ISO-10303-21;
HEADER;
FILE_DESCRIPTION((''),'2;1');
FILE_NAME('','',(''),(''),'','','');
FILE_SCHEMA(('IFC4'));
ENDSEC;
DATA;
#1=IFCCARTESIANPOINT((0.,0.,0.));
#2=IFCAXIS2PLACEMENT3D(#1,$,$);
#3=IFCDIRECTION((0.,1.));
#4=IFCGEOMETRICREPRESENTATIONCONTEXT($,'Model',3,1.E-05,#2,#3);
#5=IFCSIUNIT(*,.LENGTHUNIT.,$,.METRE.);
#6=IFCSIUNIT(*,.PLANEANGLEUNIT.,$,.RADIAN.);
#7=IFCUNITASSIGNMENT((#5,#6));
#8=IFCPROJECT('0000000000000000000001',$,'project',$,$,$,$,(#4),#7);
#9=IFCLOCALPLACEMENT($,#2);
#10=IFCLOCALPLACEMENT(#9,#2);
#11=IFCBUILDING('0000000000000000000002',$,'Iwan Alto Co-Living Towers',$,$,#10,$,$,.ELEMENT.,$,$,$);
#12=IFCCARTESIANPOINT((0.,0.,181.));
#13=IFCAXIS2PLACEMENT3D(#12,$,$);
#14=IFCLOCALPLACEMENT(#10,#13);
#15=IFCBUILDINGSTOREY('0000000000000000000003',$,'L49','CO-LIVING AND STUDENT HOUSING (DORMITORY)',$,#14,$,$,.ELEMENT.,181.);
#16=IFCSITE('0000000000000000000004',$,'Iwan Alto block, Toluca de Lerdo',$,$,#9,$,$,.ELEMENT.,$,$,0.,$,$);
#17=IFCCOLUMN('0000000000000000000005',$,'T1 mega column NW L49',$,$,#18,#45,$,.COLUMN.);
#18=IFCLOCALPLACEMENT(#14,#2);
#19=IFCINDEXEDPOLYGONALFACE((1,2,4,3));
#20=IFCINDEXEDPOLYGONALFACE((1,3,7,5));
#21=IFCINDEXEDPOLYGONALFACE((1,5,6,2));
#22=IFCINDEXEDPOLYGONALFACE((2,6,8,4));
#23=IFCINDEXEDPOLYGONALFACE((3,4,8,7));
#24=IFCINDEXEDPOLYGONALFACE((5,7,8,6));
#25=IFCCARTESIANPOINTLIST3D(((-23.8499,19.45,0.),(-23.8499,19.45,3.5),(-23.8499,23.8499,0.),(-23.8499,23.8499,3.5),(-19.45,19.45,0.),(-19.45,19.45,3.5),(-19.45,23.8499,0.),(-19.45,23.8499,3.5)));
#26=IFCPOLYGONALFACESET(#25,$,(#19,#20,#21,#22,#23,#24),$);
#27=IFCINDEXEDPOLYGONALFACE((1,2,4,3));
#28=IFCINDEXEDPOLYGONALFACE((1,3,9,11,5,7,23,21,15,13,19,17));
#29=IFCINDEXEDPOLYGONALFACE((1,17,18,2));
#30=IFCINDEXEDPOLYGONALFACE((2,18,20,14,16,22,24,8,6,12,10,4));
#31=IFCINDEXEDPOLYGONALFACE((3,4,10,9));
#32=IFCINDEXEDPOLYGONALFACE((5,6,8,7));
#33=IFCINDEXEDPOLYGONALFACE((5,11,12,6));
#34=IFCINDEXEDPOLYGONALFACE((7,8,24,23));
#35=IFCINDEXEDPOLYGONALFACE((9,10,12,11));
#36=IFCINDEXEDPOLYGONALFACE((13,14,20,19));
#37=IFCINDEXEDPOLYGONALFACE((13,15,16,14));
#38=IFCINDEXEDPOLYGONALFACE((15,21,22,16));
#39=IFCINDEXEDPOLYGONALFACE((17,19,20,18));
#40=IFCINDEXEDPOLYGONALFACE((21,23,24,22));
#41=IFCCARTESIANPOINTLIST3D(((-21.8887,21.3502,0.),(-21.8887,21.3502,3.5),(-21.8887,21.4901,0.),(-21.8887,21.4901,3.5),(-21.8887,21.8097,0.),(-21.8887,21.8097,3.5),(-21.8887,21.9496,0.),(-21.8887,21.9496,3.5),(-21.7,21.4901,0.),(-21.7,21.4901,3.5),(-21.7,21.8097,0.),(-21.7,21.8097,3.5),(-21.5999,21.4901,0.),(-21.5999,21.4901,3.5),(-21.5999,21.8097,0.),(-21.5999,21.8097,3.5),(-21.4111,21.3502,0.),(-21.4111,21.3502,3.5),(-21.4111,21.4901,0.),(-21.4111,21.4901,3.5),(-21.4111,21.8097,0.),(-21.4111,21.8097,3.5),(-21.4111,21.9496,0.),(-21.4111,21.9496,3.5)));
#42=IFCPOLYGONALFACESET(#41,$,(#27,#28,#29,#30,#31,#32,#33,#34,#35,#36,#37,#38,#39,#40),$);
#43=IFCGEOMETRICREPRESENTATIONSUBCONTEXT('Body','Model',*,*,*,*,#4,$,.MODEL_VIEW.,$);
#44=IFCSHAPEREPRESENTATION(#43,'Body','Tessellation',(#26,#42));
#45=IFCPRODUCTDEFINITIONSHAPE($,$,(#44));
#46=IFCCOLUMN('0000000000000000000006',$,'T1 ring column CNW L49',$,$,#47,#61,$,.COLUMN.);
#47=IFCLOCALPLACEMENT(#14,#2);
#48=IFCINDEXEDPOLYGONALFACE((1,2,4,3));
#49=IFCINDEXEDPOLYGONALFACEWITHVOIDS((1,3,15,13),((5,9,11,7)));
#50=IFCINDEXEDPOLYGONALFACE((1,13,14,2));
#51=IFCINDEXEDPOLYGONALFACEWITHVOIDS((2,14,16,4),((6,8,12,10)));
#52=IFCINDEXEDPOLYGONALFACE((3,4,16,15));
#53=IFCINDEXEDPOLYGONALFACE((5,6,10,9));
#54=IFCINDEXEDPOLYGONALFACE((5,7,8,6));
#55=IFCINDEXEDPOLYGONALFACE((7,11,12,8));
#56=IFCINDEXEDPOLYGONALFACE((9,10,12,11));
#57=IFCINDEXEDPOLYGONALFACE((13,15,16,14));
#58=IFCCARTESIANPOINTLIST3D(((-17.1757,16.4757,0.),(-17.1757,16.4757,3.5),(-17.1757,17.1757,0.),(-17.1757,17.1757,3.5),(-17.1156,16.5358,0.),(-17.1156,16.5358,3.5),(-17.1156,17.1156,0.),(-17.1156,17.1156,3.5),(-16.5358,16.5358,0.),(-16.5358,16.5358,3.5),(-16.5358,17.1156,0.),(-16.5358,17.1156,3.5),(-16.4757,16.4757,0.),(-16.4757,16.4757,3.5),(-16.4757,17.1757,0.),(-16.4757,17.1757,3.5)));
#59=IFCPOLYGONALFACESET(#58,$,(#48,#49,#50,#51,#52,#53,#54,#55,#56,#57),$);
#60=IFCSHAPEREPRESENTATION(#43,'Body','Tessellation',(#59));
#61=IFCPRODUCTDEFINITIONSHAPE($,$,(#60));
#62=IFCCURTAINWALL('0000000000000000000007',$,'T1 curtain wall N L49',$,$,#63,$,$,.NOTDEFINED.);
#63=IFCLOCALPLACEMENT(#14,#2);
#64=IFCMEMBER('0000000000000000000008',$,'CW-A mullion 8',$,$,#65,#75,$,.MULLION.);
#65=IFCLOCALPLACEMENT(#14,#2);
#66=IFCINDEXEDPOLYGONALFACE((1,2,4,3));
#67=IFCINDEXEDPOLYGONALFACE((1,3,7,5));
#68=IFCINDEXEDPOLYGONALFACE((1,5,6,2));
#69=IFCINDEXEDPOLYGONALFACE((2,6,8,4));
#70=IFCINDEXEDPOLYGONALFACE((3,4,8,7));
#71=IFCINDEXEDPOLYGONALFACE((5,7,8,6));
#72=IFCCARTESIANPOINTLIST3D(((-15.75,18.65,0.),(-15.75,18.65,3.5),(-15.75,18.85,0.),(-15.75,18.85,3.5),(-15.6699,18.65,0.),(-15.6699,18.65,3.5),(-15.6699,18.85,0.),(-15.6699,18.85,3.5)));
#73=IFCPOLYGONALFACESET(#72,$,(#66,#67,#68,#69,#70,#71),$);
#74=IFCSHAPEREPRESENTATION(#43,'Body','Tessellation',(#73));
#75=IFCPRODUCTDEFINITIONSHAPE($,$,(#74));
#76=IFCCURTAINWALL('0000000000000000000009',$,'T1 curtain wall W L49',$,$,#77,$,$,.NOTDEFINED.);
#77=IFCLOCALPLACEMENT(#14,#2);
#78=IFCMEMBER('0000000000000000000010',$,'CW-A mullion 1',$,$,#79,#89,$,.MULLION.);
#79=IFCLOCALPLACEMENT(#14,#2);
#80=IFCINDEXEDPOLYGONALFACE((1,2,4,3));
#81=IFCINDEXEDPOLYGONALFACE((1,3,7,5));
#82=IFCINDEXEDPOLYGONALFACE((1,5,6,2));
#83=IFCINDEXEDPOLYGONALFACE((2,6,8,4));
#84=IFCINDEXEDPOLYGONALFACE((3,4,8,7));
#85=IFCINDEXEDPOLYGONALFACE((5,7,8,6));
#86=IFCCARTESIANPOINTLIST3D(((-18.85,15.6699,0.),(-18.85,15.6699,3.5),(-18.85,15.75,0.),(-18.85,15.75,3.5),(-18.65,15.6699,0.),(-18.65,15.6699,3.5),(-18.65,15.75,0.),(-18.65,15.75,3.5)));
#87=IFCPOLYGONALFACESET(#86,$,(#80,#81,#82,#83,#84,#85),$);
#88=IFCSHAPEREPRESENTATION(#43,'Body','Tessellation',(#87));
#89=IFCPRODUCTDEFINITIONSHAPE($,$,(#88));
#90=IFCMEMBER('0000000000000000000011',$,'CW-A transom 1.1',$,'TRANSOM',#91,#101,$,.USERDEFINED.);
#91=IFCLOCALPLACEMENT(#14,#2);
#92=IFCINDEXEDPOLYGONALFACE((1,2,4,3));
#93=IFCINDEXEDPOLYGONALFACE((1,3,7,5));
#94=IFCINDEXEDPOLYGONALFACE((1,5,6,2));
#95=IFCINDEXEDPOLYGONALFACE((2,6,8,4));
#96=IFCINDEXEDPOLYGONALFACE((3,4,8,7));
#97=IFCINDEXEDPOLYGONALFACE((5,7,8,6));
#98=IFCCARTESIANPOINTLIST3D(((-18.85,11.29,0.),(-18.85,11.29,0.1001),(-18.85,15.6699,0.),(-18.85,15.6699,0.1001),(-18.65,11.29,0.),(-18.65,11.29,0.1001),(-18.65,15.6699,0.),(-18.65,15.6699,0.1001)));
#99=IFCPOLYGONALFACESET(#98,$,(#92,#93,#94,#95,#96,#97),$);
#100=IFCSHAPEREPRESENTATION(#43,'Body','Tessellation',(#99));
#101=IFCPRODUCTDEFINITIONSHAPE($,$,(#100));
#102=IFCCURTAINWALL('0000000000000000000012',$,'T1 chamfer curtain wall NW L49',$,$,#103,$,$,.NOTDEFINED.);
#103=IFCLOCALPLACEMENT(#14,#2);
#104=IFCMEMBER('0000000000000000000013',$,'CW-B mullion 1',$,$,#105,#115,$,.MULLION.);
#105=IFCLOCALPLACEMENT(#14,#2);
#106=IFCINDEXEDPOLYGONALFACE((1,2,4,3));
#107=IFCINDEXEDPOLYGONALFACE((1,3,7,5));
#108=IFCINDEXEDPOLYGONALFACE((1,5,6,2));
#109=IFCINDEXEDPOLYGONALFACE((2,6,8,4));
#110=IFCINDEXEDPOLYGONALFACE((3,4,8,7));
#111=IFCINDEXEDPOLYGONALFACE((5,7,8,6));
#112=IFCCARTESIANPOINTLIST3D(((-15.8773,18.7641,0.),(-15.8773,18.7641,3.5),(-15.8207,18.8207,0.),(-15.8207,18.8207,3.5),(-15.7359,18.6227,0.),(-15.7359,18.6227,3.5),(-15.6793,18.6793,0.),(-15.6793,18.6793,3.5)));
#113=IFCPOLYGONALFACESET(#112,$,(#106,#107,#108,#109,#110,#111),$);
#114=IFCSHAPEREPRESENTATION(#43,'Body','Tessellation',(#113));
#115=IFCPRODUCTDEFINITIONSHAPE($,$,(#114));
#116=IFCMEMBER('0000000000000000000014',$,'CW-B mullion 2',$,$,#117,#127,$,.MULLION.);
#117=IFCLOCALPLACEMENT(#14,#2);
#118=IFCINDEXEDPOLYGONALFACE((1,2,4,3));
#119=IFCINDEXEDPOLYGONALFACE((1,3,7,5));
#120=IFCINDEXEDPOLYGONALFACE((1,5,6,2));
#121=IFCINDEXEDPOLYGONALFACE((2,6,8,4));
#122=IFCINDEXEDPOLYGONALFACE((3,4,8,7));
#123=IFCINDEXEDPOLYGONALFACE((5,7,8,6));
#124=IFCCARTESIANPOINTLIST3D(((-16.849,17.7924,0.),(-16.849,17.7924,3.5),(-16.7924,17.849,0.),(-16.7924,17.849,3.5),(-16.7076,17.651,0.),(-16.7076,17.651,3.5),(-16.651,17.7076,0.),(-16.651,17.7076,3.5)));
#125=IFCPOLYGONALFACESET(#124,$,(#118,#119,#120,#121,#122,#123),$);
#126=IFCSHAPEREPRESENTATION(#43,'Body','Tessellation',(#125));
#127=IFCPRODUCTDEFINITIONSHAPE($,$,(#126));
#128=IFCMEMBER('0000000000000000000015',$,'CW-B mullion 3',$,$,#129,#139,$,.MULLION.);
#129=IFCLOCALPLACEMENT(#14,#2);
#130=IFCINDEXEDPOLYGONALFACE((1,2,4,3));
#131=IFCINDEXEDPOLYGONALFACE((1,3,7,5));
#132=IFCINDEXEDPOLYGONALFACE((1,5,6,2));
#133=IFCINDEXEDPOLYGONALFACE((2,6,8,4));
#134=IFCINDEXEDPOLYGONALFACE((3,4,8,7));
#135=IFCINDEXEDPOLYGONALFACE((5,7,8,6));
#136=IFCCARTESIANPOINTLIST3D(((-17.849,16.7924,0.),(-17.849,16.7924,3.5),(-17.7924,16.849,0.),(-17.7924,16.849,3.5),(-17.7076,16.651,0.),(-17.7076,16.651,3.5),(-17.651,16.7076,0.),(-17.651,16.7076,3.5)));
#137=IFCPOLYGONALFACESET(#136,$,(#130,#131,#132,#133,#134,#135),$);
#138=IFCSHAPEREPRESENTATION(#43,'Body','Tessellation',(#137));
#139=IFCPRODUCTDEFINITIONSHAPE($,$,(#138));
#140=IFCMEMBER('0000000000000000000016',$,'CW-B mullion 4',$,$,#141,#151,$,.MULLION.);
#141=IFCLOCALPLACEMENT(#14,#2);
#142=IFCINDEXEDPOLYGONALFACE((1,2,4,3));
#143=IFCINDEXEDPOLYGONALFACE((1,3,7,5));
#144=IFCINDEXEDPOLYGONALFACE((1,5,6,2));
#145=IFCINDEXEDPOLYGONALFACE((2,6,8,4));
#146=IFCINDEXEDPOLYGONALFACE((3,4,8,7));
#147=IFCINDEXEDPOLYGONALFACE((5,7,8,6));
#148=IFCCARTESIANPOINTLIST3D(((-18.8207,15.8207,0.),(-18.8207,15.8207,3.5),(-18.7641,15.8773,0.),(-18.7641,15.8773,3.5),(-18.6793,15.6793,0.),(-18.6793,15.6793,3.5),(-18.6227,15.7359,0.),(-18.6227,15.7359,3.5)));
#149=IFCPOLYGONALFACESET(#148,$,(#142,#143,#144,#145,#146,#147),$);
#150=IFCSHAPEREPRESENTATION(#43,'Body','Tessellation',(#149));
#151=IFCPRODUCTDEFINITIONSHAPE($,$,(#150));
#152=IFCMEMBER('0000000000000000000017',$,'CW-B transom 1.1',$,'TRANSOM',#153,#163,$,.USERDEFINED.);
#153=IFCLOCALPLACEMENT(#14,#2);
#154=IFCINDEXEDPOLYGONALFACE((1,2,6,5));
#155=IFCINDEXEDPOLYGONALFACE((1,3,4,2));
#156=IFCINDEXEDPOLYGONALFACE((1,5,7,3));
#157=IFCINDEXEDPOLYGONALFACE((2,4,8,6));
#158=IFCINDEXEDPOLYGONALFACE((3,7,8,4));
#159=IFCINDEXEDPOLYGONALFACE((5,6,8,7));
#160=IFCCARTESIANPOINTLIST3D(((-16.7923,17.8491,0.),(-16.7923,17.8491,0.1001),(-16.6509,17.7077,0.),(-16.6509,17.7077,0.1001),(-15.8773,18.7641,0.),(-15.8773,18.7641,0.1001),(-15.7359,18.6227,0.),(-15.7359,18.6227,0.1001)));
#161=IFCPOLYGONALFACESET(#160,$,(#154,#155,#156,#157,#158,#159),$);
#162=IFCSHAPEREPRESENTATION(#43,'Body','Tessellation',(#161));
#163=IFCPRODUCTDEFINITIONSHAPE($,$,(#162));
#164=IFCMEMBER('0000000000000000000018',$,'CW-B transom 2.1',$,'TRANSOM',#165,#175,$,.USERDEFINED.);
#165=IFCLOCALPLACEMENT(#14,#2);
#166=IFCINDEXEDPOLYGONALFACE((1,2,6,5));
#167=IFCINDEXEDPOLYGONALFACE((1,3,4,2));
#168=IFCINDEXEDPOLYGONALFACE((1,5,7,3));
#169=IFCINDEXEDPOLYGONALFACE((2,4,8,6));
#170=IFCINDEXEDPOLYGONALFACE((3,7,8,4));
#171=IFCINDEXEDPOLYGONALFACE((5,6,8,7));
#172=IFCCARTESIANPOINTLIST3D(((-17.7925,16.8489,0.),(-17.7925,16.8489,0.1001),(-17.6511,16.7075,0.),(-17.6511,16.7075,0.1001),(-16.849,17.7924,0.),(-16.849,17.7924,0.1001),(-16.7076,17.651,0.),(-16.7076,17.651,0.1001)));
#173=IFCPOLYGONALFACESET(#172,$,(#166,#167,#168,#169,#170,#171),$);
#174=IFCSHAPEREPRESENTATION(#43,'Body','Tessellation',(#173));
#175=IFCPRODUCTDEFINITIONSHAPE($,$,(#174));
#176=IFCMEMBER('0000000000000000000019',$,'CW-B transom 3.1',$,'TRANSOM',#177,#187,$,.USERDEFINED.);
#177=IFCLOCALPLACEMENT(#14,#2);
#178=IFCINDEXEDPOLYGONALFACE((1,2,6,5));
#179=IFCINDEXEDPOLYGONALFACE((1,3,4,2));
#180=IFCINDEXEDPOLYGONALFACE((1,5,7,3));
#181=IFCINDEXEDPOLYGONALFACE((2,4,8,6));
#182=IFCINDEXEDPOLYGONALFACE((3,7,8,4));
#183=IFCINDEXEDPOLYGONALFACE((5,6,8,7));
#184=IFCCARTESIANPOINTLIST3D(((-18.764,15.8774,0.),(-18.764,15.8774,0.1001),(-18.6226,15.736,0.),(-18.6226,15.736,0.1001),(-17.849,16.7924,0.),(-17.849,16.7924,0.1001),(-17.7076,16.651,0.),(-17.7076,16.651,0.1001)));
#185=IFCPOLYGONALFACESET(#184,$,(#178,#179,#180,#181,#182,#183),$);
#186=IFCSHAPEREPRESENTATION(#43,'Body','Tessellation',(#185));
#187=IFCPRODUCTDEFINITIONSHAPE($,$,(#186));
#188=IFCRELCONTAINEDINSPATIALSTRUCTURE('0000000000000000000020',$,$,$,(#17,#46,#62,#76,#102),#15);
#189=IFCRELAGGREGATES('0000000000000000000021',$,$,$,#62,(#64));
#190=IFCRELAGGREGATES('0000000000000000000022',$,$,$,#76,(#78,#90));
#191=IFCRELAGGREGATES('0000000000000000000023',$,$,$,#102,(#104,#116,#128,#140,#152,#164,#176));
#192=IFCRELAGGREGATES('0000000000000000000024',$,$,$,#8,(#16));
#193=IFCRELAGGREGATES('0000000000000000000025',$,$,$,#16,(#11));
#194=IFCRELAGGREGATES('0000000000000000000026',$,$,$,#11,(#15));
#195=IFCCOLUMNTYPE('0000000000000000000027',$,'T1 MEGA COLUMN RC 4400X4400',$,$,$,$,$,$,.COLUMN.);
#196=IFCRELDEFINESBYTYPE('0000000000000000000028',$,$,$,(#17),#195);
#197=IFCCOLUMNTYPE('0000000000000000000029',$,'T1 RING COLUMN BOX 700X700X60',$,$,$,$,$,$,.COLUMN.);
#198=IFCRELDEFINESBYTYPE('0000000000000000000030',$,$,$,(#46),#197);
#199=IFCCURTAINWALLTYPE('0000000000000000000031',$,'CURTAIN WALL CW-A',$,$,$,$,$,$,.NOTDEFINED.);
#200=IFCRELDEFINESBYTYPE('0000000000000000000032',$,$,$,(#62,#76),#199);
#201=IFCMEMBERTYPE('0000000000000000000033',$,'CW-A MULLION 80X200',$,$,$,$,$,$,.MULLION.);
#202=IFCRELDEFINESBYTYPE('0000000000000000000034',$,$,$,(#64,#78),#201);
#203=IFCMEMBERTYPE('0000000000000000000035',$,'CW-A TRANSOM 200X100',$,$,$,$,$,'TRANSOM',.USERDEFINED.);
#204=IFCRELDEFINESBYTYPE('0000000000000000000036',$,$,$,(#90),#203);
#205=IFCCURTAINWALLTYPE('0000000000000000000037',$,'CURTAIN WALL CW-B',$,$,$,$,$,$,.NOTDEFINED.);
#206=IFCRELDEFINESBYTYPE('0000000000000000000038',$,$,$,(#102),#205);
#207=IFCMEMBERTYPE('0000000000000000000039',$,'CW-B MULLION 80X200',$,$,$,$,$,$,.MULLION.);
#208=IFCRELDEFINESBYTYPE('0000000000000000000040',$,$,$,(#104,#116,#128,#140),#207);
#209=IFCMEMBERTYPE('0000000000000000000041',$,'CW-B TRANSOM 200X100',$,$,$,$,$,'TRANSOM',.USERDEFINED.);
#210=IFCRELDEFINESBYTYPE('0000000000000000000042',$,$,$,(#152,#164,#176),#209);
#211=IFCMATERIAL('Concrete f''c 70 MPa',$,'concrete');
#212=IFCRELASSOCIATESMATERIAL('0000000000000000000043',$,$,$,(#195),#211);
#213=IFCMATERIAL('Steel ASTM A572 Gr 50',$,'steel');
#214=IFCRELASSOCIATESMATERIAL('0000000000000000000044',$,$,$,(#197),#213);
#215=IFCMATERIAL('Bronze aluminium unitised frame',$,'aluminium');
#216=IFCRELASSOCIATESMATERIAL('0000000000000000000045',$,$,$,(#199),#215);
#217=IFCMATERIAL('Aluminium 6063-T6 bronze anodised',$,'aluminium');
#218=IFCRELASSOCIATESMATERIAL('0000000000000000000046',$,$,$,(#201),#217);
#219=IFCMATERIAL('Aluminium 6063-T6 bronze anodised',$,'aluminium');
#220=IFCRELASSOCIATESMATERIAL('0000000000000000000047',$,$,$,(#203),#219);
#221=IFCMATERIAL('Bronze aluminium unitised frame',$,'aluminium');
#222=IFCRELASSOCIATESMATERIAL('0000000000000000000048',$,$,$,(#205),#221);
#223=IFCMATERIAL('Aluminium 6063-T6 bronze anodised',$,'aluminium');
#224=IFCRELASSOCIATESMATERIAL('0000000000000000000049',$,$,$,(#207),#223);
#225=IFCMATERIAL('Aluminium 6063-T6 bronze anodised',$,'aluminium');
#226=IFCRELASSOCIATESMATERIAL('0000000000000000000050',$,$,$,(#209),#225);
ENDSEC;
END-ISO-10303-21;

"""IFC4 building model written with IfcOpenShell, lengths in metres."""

from ifc_helpers import new_model, si_unit, direction, frame, origin, origin_2d, place, context, subcontext, project, spatial, rectangle, hollow_rectangle, i_section, extrude, material, material_profile, profile_set, type_object, element, aggregate, save


model = new_model("IFC4")

# Units and contexts
model_context = context("Model", 3, precision=1e-05, world=origin(), true_north=direction((0.0, 1.0)))
body_context = subcontext(model_context, "Body", "Model", "MODEL_VIEW")
ifc_project = project(units=[si_unit("LENGTHUNIT", "METRE"), si_unit("PLANEANGLEUNIT", "RADIAN")], contexts=[model_context])

# Site, building, storey
site_placement = place(None, origin())
site = spatial("IfcSite", under=ifc_project, at=site_placement, Name="Iwan Alto block, Toluca de Lerdo", CompositionType="ELEMENT", RefElevation=0.0)
building_placement = place(site_placement, origin())
building = spatial("IfcBuilding", under=site, at=building_placement, Name="Iwan Alto Co-Living Towers", CompositionType="ELEMENT")
storey_placement = place(building_placement, frame((0.0, 0.0, 181.0)))
storey = spatial("IfcBuildingStorey", under=building, at=storey_placement, Name="L49", Description="CO-LIVING AND STUDENT HOUSING (DORMITORY)", CompositionType="ELEMENT", Elevation=181.0)

# Columns
ifc_material_1 = material(Name="Concrete f'c 70 MPa", Category="concrete")
ifc_material_profile_1 = material_profile(ifc_material_1, rectangle(XDim=4.3999, YDim=4.3999, at=origin_2d()), Name="RC 4400X4400")
ifc_profile_set_1 = profile_set([ifc_material_profile_1], Name="Concrete f'c 70 MPa")
column_type_1 = type_object("IfcColumnType", Name="T1 MEGA COLUMN RC 4400X4400", PredefinedType="COLUMN", material=ifc_profile_set_1)
column_1_placement = place(storey_placement, frame((-21.6499, 21.6499, 0.0), z_axis=(0.0, 0.0, 1.0), x_axis=(1.0, 0.0, 0.0)))
element("IfcColumn", 1, at=column_1_placement, inside=storey, type_object=column_type_1, Name="T1 mega column NW L49", PredefinedType="COLUMN", context=body_context, shape_type="SweptSolid", body=[
    extrude(rectangle(XDim=4.3999, YDim=4.3999, at=origin_2d()), origin(), (0.0, 0.0, 1.0), 3.5),
    extrude(i_section(OverallWidth=0.4775, OverallDepth=0.5994, WebThickness=0.1001, FlangeThickness=0.1399, at=origin_2d()), origin(), (0.0, 0.0, 1.0), 3.5),
])
ifc_material_2 = material(Name="Steel ASTM A572 Gr 50", Category="steel")
ifc_material_profile_2 = material_profile(ifc_material_2, hollow_rectangle(XDim=0.7, YDim=0.7, WallThickness=0.0601, at=origin_2d()), Name="BOX 700X700X60")
ifc_profile_set_2 = profile_set([ifc_material_profile_2], Name="Steel ASTM A572 Gr 50")
column_type_2 = type_object("IfcColumnType", Name="T1 RING COLUMN BOX 700X700X60", PredefinedType="COLUMN", material=ifc_profile_set_2)
column_2_placement = place(storey_placement, frame((-16.8257, 16.8257, 0.0), z_axis=(0.0, 0.0, 1.0), x_axis=(1.0, 0.0, 0.0)))
element("IfcColumn", 2, at=column_2_placement, inside=storey, type_object=column_type_2, Name="T1 ring column CNW L49", PredefinedType="COLUMN", context=body_context, shape_type="SweptSolid", body=[
    extrude(hollow_rectangle(XDim=0.7, YDim=0.7, WallThickness=0.0601, at=origin_2d()), origin(), (0.0, 0.0, 1.0), 3.5),
])

# Curtain wall, member
ifc_material_3 = material(Name="Bronze aluminium unitised frame", Category="aluminium")
curtain_wall_type_1 = type_object("IfcCurtainWallType", Name="CURTAIN WALL CW-A", PredefinedType="NOTDEFINED", material=ifc_material_3)
curtain_wall_1_placement = place(storey_placement, origin())
curtain_wall_1 = element("IfcCurtainWall", 3, at=curtain_wall_1_placement, inside=storey, type_object=curtain_wall_type_1, Name="T1 curtain wall N L49", PredefinedType="NOTDEFINED")
ifc_material_4 = material(Name="Aluminium 6063-T6 bronze anodised", Category="aluminium")
ifc_material_profile_3 = material_profile(ifc_material_4, rectangle(XDim=0.2, YDim=0.0801, at=origin_2d()), Name="AL 80X200")
ifc_profile_set_3 = profile_set([ifc_material_profile_3], Name="Aluminium 6063-T6 bronze anodised")
member_type_1 = type_object("IfcMemberType", Name="CW-A MULLION 80X200", PredefinedType="MULLION", material=ifc_profile_set_3)
member_1_placement = place(storey_placement, frame((-15.71, 18.75, 0.0), z_axis=(0.0, 0.0, 1.0), x_axis=(0.0, -1.0, 0.0)))
member_1 = element("IfcMember", 4, at=member_1_placement, type_object=member_type_1, Name="CW-A mullion 8", PredefinedType="MULLION", context=body_context, shape_type="SweptSolid", body=[
    extrude(rectangle(XDim=0.2, YDim=0.0801, at=origin_2d()), origin(), (0.0, 0.0, 1.0), 3.5),
])
aggregate(curtain_wall_1, [member_1])

# Curtain walls, members
curtain_wall_2_placement = place(storey_placement, origin())
curtain_wall_2 = element("IfcCurtainWall", 5, at=curtain_wall_2_placement, inside=storey, type_object=curtain_wall_type_1, Name="T1 curtain wall W L49", PredefinedType="NOTDEFINED")
member_2_placement = place(storey_placement, frame((-18.75, 15.71, 0.0), z_axis=(0.0, 0.0, 1.0), x_axis=(1.0, 0.0, 0.0)))
member_2 = element("IfcMember", 6, at=member_2_placement, type_object=member_type_1, Name="CW-A mullion 1", PredefinedType="MULLION", context=body_context, shape_type="SweptSolid", body=[
    extrude(rectangle(XDim=0.2, YDim=0.0801, at=origin_2d()), origin(), (0.0, 0.0, 1.0), 3.5),
])
ifc_material_5 = material(Name="Aluminium 6063-T6 bronze anodised", Category="aluminium")
ifc_material_profile_4 = material_profile(ifc_material_5, rectangle(XDim=0.2, YDim=0.1001, at=origin_2d()), Name="AL 200X100")
ifc_profile_set_4 = profile_set([ifc_material_profile_4], Name="Aluminium 6063-T6 bronze anodised")
member_type_2 = type_object("IfcMemberType", Name="CW-A TRANSOM 200X100", ElementType="TRANSOM", PredefinedType="USERDEFINED", material=ifc_profile_set_4)
member_3_placement = place(storey_placement, frame((-18.75, 15.6699, 0.05), z_axis=(0.0, -1.0, 0.0), x_axis=(1.0, 0.0, 0.0)))
member_3 = element("IfcMember", 7, at=member_3_placement, type_object=member_type_2, Name="CW-A transom 1.1", ObjectType="TRANSOM", PredefinedType="USERDEFINED", context=body_context, shape_type="SweptSolid", body=[
    extrude(rectangle(XDim=0.2, YDim=0.1001, at=origin_2d()), origin(), (0.0, 0.0, 1.0), 4.3799),
])
ifc_material_6 = material(Name="Bronze aluminium unitised frame", Category="aluminium")
curtain_wall_type_2 = type_object("IfcCurtainWallType", Name="CURTAIN WALL CW-B", PredefinedType="NOTDEFINED", material=ifc_material_6)
curtain_wall_3_placement = place(storey_placement, origin())
curtain_wall_3 = element("IfcCurtainWall", 8, at=curtain_wall_3_placement, inside=storey, type_object=curtain_wall_type_2, Name="T1 chamfer curtain wall NW L49", PredefinedType="NOTDEFINED")
ifc_material_7 = material(Name="Aluminium 6063-T6 bronze anodised", Category="aluminium")
ifc_material_profile_5 = material_profile(ifc_material_7, rectangle(XDim=0.2, YDim=0.0801, at=origin_2d()), Name="AL 80X200")
ifc_profile_set_5 = profile_set([ifc_material_profile_5], Name="Aluminium 6063-T6 bronze anodised")
member_type_3 = type_object("IfcMemberType", Name="CW-B MULLION 80X200", PredefinedType="MULLION", material=ifc_profile_set_5)
member_4_placement = place(storey_placement, frame((-15.7783, 18.7217, 0.0), z_axis=(0.0, 0.0, 1.0), x_axis=(0.707107, -0.707107, 0.0)))
member_4 = element("IfcMember", 9, at=member_4_placement, type_object=member_type_3, Name="CW-B mullion 1", PredefinedType="MULLION", context=body_context, shape_type="SweptSolid", body=[
    extrude(rectangle(XDim=0.2, YDim=0.0801, at=origin_2d()), origin(), (0.0, 0.0, 1.0), 3.5),
])
member_5_placement = place(storey_placement, frame((-16.75, 17.75, 0.0), z_axis=(0.0, 0.0, 1.0), x_axis=(0.707107, -0.707107, 0.0)))
member_5 = element("IfcMember", 10, at=member_5_placement, type_object=member_type_3, Name="CW-B mullion 2", PredefinedType="MULLION", context=body_context, shape_type="SweptSolid", body=[
    extrude(rectangle(XDim=0.2, YDim=0.0801, at=origin_2d()), origin(), (0.0, 0.0, 1.0), 3.5),
])
member_6_placement = place(storey_placement, frame((-17.75, 16.75, 0.0), z_axis=(0.0, 0.0, 1.0), x_axis=(0.707107, -0.707107, 0.0)))
member_6 = element("IfcMember", 11, at=member_6_placement, type_object=member_type_3, Name="CW-B mullion 3", PredefinedType="MULLION", context=body_context, shape_type="SweptSolid", body=[
    extrude(rectangle(XDim=0.2, YDim=0.0801, at=origin_2d()), origin(), (0.0, 0.0, 1.0), 3.5),
])
member_7_placement = place(storey_placement, frame((-18.7217, 15.7783, 0.0), z_axis=(0.0, 0.0, 1.0), x_axis=(0.707107, -0.707107, 0.0)))
member_7 = element("IfcMember", 12, at=member_7_placement, type_object=member_type_3, Name="CW-B mullion 4", PredefinedType="MULLION", context=body_context, shape_type="SweptSolid", body=[
    extrude(rectangle(XDim=0.2, YDim=0.0801, at=origin_2d()), origin(), (0.0, 0.0, 1.0), 3.5),
])
ifc_material_8 = material(Name="Aluminium 6063-T6 bronze anodised", Category="aluminium")
ifc_material_profile_6 = material_profile(ifc_material_8, rectangle(XDim=0.2, YDim=0.1001, at=origin_2d()), Name="AL 200X100")
ifc_profile_set_6 = profile_set([ifc_material_profile_6], Name="Aluminium 6063-T6 bronze anodised")
member_type_4 = type_object("IfcMemberType", Name="CW-B TRANSOM 200X100", ElementType="TRANSOM", PredefinedType="USERDEFINED", material=ifc_profile_set_6)
member_8_placement = place(storey_placement, frame((-15.8066, 18.6934, 0.05), z_axis=(-0.707107, -0.707107, 0.0), x_axis=(0.707107, -0.707107, 0.0)))
member_8 = element("IfcMember", 13, at=member_8_placement, type_object=member_type_4, Name="CW-B transom 1.1", ObjectType="TRANSOM", PredefinedType="USERDEFINED", context=body_context, shape_type="SweptSolid", body=[
    extrude(rectangle(XDim=0.2, YDim=0.1001, at=origin_2d()), origin(), (0.0, 0.0, 1.0), 1.2939),
])
member_9_placement = place(storey_placement, frame((-16.7783, 17.7217, 0.05), z_axis=(-0.707107, -0.707107, 0.0), x_axis=(0.707107, -0.707107, 0.0)))
member_9 = element("IfcMember", 14, at=member_9_placement, type_object=member_type_4, Name="CW-B transom 2.1", ObjectType="TRANSOM", PredefinedType="USERDEFINED", context=body_context, shape_type="SweptSolid", body=[
    extrude(rectangle(XDim=0.2, YDim=0.1001, at=origin_2d()), origin(), (0.0, 0.0, 1.0), 1.3342),
])
member_10_placement = place(storey_placement, frame((-17.7783, 16.7217, 0.05), z_axis=(-0.707107, -0.707107, 0.0), x_axis=(0.707107, -0.707107, 0.0)))
member_10 = element("IfcMember", 15, at=member_10_placement, type_object=member_type_4, Name="CW-B transom 3.1", ObjectType="TRANSOM", PredefinedType="USERDEFINED", context=body_context, shape_type="SweptSolid", body=[
    extrude(rectangle(XDim=0.2, YDim=0.1001, at=origin_2d()), origin(), (0.0, 0.0, 1.0), 1.2939),
])

aggregate(curtain_wall_2, [member_2, member_3])
aggregate(curtain_wall_3, [member_4, member_5, member_6, member_7, member_8, member_9, member_10])

save(model, "model.ifc")
